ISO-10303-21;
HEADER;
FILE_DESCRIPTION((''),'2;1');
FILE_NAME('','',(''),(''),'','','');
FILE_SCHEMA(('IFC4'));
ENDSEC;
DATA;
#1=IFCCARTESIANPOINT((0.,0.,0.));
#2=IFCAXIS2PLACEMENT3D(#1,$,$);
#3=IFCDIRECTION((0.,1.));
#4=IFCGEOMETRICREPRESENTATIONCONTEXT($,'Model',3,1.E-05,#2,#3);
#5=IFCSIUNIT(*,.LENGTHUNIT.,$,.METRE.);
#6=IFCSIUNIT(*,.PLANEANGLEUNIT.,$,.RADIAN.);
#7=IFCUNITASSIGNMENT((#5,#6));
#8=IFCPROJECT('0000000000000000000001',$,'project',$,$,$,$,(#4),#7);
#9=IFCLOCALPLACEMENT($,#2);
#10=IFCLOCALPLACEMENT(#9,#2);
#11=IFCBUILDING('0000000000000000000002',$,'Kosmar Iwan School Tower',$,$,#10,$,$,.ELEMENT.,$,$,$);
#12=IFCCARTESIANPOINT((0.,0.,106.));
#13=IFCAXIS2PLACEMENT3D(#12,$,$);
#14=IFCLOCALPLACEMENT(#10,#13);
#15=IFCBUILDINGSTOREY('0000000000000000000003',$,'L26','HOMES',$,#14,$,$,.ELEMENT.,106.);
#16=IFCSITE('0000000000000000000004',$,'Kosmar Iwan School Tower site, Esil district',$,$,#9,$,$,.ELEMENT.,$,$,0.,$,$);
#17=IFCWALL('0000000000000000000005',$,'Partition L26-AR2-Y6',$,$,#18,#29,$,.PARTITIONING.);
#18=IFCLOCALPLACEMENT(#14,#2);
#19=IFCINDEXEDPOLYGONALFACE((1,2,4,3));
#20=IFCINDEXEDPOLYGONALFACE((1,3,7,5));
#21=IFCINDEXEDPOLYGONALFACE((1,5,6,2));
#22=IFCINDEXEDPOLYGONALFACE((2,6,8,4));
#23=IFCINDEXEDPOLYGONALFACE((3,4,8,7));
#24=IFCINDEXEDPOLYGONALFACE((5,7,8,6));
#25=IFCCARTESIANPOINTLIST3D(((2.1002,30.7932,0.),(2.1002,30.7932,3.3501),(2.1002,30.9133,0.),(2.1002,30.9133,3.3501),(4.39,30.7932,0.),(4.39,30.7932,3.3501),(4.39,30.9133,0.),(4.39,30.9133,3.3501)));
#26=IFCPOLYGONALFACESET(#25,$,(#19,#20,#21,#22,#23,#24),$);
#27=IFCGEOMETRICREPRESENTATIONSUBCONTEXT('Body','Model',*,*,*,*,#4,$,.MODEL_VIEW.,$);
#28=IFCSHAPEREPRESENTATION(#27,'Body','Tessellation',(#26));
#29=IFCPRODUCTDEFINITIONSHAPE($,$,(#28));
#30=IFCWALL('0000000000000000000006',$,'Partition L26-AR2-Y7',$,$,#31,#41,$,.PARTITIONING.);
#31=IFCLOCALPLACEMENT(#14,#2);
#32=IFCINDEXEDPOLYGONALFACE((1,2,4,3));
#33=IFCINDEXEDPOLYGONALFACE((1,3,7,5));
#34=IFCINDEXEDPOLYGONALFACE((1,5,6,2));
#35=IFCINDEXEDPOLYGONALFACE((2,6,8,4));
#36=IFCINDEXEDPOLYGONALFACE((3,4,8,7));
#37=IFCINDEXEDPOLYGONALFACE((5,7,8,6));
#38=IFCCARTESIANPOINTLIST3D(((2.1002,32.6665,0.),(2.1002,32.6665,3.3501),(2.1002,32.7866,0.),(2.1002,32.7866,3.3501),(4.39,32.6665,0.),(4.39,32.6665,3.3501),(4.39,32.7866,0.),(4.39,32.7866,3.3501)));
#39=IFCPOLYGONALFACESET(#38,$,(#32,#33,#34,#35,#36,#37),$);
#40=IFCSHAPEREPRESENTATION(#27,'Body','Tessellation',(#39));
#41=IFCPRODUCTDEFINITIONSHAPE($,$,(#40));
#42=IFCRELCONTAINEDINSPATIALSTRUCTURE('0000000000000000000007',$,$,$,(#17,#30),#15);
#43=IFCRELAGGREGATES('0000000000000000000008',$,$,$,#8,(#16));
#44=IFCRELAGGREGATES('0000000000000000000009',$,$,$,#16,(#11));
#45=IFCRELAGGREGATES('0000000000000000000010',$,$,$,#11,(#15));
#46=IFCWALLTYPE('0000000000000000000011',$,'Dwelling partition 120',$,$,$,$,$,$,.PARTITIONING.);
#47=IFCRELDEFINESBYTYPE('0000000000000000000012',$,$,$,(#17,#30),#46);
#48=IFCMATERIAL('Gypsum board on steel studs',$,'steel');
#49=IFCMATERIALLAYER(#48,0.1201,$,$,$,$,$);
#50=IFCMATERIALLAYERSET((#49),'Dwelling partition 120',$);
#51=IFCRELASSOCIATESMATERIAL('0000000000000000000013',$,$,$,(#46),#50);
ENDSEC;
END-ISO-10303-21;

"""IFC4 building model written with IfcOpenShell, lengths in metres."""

from ifc_helpers import new_model, si_unit, direction, frame, frame_2d, origin, place, context, subcontext, project, spatial, rectangle, extrude, material, layer, layer_set, type_object, element, save


model = new_model("IFC4")

# Units and contexts
model_context = context("Model", 3, precision=1e-05, world=origin(), true_north=direction((0.0, 1.0)))
body_context = subcontext(model_context, "Body", "Model", "MODEL_VIEW")
ifc_project = project(units=[si_unit("LENGTHUNIT", "METRE"), si_unit("PLANEANGLEUNIT", "RADIAN")], contexts=[model_context])

# Site, building, storey
site_placement = place(None, origin())
site = spatial("IfcSite", under=ifc_project, at=site_placement, Name="Kosmar Iwan School Tower site, Esil district", CompositionType="ELEMENT", RefElevation=0.0)
building_placement = place(site_placement, origin())
building = spatial("IfcBuilding", under=site, at=building_placement, Name="Kosmar Iwan School Tower", CompositionType="ELEMENT")
storey_placement = place(building_placement, frame((0.0, 0.0, 106.0)))
storey = spatial("IfcBuildingStorey", under=building, at=storey_placement, Name="L26", Description="HOMES", CompositionType="ELEMENT", Elevation=106.0)

# Walls
ifc_material_1 = material(Name="Gypsum board on steel studs", Category="steel")
ifc_layer_1 = layer(ifc_material_1, 0.1201)
ifc_layer_set_1 = layer_set([ifc_layer_1], Name="Dwelling partition 120")
wall_type = type_object("IfcWallType", Name="Dwelling partition 120", PredefinedType="PARTITIONING", material=ifc_layer_set_1)
for number, where, z_axis, x_axis, name in (
    (1, (2.1001, 30.8533, 0.0), (0.0, 0.0, 1.0), (1.0, 0.0, 0.0), "Partition L26-AR2-Y6"),
    (2, (2.1001, 32.7266, 0.0), (0.0, 0.0, 1.0), (1.0, 0.0, 0.0), "Partition L26-AR2-Y7"),
):
    element("IfcWall", number, at=place(storey_placement, frame(where, z_axis=z_axis, x_axis=x_axis)), inside=storey, type_object=wall_type, Name=name, PredefinedType="PARTITIONING", context=body_context, shape_type="SweptSolid", body=[
        extrude(rectangle(XDim=2.2898, YDim=0.1201, at=frame_2d((1.145, 0.0))), origin(), (0.0, 0.0, 1.0), 3.3501),
    ])

save(model, "model.ifc")
